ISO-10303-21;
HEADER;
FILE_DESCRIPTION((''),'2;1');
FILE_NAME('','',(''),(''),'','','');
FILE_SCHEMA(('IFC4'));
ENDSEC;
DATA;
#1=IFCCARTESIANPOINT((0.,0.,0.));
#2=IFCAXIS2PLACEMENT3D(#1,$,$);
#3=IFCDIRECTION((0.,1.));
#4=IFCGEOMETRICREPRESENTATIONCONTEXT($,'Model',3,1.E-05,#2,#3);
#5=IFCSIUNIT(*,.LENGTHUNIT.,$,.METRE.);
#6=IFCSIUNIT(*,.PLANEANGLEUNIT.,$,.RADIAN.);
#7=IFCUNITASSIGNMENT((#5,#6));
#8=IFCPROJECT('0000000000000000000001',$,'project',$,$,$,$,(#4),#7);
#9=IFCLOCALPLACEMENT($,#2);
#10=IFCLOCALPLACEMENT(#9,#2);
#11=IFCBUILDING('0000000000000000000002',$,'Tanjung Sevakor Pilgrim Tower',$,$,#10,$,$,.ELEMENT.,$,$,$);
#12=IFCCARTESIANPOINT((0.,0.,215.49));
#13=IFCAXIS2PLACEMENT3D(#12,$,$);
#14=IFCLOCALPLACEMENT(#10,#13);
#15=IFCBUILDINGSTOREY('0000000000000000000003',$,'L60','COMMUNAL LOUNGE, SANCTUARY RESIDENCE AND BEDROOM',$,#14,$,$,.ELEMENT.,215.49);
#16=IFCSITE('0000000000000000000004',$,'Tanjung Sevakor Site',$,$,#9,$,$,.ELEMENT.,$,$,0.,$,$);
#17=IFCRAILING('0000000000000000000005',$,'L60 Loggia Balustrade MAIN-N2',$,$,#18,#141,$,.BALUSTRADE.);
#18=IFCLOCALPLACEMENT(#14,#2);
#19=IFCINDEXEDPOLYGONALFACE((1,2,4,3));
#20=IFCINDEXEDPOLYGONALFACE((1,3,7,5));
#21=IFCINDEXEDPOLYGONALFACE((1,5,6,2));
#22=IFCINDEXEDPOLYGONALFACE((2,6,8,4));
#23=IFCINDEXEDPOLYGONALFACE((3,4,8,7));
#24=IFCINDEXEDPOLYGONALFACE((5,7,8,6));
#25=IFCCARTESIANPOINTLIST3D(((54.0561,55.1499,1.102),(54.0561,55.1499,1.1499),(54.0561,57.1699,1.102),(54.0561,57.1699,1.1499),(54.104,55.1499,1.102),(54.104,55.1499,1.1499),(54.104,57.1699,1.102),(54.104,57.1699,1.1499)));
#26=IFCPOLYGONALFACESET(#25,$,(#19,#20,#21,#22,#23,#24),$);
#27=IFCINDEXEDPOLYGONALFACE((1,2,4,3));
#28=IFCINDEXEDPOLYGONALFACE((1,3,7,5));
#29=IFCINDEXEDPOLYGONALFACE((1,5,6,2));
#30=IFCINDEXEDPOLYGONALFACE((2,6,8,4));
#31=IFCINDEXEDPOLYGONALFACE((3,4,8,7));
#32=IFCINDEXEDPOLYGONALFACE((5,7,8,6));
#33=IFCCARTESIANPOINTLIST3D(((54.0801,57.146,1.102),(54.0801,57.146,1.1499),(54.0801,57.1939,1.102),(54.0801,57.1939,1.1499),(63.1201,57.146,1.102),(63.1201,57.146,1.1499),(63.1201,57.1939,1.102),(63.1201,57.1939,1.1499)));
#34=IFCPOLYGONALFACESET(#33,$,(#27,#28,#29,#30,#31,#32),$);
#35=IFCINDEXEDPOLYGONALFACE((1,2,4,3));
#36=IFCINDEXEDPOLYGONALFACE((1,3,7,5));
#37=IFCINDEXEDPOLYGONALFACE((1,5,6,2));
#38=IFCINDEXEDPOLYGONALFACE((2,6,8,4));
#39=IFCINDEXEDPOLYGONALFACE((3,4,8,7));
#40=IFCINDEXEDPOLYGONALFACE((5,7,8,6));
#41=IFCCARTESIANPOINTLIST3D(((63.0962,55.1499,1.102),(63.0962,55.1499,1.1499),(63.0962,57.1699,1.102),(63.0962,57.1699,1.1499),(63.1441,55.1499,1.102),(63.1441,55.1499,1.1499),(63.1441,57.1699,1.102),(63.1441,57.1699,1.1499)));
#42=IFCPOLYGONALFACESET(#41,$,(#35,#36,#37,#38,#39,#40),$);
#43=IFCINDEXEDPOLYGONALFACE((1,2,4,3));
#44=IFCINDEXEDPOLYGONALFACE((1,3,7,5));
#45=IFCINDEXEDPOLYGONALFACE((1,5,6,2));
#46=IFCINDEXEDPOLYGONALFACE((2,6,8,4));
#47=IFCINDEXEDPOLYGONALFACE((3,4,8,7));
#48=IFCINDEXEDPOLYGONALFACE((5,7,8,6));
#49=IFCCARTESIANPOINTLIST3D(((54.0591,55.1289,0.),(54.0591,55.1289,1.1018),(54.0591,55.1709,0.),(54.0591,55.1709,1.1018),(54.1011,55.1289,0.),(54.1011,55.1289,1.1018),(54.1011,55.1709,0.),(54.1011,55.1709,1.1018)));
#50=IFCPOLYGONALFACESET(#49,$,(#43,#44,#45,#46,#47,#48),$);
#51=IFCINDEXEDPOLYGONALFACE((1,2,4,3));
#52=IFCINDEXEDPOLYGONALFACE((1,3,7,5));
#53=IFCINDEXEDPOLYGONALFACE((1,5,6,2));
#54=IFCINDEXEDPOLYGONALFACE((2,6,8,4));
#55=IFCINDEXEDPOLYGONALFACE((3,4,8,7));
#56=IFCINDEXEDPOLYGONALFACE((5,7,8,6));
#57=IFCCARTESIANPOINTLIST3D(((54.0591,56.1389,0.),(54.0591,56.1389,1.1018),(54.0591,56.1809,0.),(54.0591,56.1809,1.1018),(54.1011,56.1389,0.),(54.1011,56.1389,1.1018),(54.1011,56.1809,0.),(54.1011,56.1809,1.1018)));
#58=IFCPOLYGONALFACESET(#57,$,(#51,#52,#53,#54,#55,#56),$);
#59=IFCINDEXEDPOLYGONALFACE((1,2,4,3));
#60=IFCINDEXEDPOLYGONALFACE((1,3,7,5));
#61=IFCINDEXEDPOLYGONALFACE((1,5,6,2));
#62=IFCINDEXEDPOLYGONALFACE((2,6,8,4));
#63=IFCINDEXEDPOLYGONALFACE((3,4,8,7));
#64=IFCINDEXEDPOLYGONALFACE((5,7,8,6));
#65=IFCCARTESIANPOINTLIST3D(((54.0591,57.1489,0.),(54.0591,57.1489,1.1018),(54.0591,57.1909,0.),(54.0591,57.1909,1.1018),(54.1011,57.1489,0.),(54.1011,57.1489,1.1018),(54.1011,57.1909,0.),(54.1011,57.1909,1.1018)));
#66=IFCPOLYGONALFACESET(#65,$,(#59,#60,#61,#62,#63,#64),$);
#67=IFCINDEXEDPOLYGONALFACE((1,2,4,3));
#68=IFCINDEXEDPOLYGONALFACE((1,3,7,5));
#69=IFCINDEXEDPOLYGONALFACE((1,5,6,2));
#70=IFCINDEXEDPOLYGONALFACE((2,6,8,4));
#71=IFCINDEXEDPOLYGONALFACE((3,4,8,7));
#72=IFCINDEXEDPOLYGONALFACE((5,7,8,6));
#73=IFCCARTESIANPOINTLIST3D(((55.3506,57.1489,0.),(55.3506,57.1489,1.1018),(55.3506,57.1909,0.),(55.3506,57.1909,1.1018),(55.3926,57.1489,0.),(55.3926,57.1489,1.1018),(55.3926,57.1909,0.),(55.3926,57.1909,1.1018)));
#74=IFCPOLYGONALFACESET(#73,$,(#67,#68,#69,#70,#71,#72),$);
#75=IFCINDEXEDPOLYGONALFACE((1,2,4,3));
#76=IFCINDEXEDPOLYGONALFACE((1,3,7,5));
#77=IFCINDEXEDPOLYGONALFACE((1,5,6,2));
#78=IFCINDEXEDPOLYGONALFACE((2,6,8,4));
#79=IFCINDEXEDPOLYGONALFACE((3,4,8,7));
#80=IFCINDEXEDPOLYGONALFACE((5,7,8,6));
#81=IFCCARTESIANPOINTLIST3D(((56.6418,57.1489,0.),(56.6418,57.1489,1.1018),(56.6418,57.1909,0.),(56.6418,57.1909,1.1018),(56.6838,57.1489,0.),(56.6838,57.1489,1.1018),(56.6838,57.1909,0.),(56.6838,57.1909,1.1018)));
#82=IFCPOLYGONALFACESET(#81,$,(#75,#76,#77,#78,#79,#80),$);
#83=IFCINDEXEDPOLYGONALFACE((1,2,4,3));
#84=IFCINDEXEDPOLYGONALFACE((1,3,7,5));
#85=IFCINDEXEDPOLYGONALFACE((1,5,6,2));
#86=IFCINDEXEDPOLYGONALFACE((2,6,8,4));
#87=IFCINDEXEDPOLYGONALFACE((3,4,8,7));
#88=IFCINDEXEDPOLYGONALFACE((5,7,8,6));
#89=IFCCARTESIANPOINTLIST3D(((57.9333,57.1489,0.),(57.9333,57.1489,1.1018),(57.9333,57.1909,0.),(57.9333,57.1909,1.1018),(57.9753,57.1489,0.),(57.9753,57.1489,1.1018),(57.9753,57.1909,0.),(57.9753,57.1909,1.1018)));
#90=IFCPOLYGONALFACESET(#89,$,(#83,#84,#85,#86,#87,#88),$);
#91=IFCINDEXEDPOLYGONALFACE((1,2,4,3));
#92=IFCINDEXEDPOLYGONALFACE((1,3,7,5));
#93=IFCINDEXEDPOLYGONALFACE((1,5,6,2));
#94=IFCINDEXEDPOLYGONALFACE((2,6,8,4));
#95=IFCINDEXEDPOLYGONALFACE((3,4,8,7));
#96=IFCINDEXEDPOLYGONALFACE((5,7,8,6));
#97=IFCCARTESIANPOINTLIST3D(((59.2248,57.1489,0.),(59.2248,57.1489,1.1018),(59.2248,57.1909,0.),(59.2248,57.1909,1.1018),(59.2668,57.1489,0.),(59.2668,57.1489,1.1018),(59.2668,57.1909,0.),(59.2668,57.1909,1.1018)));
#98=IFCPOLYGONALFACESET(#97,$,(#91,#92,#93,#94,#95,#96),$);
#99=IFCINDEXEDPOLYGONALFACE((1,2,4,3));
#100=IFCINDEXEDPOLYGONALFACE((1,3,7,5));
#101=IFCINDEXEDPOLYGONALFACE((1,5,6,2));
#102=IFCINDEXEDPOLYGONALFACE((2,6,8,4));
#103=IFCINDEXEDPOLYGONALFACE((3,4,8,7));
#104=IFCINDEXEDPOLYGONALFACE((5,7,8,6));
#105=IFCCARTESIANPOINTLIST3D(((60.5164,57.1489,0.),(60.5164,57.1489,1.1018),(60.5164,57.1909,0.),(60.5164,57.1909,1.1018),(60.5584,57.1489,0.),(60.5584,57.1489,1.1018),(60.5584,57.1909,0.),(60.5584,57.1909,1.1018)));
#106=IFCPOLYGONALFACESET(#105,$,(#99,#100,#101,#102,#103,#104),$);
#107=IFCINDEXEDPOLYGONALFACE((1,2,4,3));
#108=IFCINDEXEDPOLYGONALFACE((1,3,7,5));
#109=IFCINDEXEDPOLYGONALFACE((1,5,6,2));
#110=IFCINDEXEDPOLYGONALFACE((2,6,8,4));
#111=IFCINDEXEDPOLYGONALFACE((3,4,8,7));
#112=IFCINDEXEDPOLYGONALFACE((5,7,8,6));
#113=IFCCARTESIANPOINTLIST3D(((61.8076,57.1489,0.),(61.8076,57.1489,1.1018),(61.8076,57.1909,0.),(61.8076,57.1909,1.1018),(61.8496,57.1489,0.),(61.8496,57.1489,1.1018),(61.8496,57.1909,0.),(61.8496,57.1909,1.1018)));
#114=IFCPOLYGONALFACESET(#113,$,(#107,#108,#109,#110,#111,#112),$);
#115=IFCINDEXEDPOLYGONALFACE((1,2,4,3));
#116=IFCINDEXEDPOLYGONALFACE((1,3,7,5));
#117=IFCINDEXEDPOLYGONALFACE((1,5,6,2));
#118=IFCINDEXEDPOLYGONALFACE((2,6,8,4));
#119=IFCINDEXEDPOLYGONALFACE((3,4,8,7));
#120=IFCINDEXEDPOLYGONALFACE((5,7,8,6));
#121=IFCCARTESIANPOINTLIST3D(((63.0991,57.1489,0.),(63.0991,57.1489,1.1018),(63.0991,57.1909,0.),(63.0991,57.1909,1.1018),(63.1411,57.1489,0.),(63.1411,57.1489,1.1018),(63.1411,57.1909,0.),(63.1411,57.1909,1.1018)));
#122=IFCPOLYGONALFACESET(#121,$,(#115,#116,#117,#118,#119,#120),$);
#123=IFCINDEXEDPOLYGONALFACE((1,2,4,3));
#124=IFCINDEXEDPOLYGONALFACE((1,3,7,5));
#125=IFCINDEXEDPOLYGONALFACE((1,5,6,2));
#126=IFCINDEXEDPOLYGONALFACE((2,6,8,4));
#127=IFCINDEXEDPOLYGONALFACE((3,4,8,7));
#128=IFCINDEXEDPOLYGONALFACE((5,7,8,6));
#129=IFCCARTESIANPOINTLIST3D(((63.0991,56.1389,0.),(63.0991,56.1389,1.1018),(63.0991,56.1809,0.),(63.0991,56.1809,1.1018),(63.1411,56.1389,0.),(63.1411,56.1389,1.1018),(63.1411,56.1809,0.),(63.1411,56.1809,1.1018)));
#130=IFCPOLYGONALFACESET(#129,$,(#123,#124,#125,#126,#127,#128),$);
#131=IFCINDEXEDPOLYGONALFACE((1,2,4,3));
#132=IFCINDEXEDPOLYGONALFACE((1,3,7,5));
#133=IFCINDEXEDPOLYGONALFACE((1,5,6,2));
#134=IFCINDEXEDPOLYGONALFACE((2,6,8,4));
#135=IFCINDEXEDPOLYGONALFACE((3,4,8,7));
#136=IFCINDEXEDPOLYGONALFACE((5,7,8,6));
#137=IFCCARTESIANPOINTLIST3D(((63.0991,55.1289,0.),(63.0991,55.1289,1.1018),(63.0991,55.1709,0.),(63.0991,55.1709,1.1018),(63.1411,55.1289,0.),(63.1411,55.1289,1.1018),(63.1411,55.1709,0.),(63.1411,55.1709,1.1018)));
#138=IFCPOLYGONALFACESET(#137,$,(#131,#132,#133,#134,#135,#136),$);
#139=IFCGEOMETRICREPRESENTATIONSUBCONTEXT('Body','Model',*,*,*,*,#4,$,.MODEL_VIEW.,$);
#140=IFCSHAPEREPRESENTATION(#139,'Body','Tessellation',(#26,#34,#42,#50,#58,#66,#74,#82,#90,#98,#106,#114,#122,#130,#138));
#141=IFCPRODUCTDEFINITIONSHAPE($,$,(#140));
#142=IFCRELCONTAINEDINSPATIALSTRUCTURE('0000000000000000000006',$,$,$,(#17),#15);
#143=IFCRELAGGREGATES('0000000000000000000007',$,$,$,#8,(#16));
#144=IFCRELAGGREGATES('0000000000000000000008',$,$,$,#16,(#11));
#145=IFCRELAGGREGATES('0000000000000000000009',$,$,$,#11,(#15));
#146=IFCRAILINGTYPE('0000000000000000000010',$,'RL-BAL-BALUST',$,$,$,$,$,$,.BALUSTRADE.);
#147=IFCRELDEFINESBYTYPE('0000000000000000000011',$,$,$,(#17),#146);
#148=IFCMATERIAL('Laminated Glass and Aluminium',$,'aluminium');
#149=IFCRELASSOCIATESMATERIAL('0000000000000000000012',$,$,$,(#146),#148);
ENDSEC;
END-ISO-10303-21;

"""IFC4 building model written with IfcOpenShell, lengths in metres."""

from ifc_helpers import new_model, si_unit, direction, frame, origin, place, context, subcontext, project, spatial, rectangle, extrude, material, type_object, element, save


model = new_model("IFC4")

# Units and contexts
model_context = context("Model", 3, precision=1e-05, world=origin(), true_north=direction((0.0, 1.0)))
body_context = subcontext(model_context, "Body", "Model", "MODEL_VIEW")
ifc_project = project(units=[si_unit("LENGTHUNIT", "METRE"), si_unit("PLANEANGLEUNIT", "RADIAN")], contexts=[model_context])

# Site, building, storey
site_placement = place(None, origin())
site = spatial("IfcSite", under=ifc_project, at=site_placement, Name="Tanjung Sevakor Site", CompositionType="ELEMENT", RefElevation=0.0)
building_placement = place(site_placement, origin())
building = spatial("IfcBuilding", under=site, at=building_placement, Name="Tanjung Sevakor Pilgrim Tower", CompositionType="ELEMENT")
storey_placement = place(building_placement, frame((0.0, 0.0, 215.49)))
storey = spatial("IfcBuildingStorey", under=building, at=storey_placement, Name="L60", Description="COMMUNAL LOUNGE, SANCTUARY RESIDENCE AND BEDROOM", CompositionType="ELEMENT", Elevation=215.49)

# Railing
ifc_material_1 = material(Name="Laminated Glass and Aluminium", Category="aluminium")
railing_type_1 = type_object("IfcRailingType", Name="RL-BAL-BALUST", PredefinedType="BALUSTRADE", material=ifc_material_1)
railing_1_placement = place(storey_placement, frame((54.0801, 55.1499, 0.0)))
element("IfcRailing", 1, at=railing_1_placement, inside=storey, type_object=railing_type_1, Name="L60 Loggia Balustrade MAIN-N2", PredefinedType="BALUSTRADE", context=body_context, shape_type="SweptSolid", body=[
    extrude(rectangle(XDim=0.0479, YDim=0.0479), frame((0.0, 0.0, 1.126), z_axis=(0.0, 1.0, 0.0), x_axis=(-1.0, 0.0, 0.0)), (0.0, 0.0, 1.0), 2.02),
    extrude(rectangle(XDim=0.0479, YDim=0.0479), frame((0.0, 2.02, 1.126), z_axis=(1.0, 0.0, 0.0), x_axis=(0.0, 1.0, 0.0)), (0.0, 0.0, 1.0), 9.04),
    extrude(rectangle(XDim=0.0479, YDim=0.0479), frame((9.04, 2.02, 1.126), z_axis=(0.0, -1.0, 0.0), x_axis=(1.0, 0.0, 0.0)), (0.0, 0.0, 1.0), 2.02),
    extrude(rectangle(XDim=0.042, YDim=0.042), origin(), (0.0, 0.0, 1.0), 1.1018),
    extrude(rectangle(XDim=0.042, YDim=0.042), frame((0.0, 1.01, 0.0)), (0.0, 0.0, 1.0), 1.1018),
    extrude(rectangle(XDim=0.042, YDim=0.042), frame((0.0, 2.02, 0.0)), (0.0, 0.0, 1.0), 1.1018),
    extrude(rectangle(XDim=0.042, YDim=0.042), frame((1.2915, 2.02, 0.0)), (0.0, 0.0, 1.0), 1.1018),
    extrude(rectangle(XDim=0.042, YDim=0.042), frame((2.5828, 2.02, 0.0)), (0.0, 0.0, 1.0), 1.1018),
    extrude(rectangle(XDim=0.042, YDim=0.042), frame((3.8743, 2.02, 0.0)), (0.0, 0.0, 1.0), 1.1018),
    extrude(rectangle(XDim=0.042, YDim=0.042), frame((5.1658, 2.02, 0.0)), (0.0, 0.0, 1.0), 1.1018),
    extrude(rectangle(XDim=0.042, YDim=0.042), frame((6.4573, 2.02, 0.0)), (0.0, 0.0, 1.0), 1.1018),
    extrude(rectangle(XDim=0.042, YDim=0.042), frame((7.7485, 2.02, 0.0)), (0.0, 0.0, 1.0), 1.1018),
    extrude(rectangle(XDim=0.042, YDim=0.042), frame((9.04, 2.02, 0.0)), (0.0, 0.0, 1.0), 1.1018),
    extrude(rectangle(XDim=0.042, YDim=0.042), frame((9.04, 1.01, 0.0)), (0.0, 0.0, 1.0), 1.1018),
    extrude(rectangle(XDim=0.042, YDim=0.042), frame((9.04, 0.0, 0.0)), (0.0, 0.0, 1.0), 1.1018),
])

save(model, "model.ifc")
